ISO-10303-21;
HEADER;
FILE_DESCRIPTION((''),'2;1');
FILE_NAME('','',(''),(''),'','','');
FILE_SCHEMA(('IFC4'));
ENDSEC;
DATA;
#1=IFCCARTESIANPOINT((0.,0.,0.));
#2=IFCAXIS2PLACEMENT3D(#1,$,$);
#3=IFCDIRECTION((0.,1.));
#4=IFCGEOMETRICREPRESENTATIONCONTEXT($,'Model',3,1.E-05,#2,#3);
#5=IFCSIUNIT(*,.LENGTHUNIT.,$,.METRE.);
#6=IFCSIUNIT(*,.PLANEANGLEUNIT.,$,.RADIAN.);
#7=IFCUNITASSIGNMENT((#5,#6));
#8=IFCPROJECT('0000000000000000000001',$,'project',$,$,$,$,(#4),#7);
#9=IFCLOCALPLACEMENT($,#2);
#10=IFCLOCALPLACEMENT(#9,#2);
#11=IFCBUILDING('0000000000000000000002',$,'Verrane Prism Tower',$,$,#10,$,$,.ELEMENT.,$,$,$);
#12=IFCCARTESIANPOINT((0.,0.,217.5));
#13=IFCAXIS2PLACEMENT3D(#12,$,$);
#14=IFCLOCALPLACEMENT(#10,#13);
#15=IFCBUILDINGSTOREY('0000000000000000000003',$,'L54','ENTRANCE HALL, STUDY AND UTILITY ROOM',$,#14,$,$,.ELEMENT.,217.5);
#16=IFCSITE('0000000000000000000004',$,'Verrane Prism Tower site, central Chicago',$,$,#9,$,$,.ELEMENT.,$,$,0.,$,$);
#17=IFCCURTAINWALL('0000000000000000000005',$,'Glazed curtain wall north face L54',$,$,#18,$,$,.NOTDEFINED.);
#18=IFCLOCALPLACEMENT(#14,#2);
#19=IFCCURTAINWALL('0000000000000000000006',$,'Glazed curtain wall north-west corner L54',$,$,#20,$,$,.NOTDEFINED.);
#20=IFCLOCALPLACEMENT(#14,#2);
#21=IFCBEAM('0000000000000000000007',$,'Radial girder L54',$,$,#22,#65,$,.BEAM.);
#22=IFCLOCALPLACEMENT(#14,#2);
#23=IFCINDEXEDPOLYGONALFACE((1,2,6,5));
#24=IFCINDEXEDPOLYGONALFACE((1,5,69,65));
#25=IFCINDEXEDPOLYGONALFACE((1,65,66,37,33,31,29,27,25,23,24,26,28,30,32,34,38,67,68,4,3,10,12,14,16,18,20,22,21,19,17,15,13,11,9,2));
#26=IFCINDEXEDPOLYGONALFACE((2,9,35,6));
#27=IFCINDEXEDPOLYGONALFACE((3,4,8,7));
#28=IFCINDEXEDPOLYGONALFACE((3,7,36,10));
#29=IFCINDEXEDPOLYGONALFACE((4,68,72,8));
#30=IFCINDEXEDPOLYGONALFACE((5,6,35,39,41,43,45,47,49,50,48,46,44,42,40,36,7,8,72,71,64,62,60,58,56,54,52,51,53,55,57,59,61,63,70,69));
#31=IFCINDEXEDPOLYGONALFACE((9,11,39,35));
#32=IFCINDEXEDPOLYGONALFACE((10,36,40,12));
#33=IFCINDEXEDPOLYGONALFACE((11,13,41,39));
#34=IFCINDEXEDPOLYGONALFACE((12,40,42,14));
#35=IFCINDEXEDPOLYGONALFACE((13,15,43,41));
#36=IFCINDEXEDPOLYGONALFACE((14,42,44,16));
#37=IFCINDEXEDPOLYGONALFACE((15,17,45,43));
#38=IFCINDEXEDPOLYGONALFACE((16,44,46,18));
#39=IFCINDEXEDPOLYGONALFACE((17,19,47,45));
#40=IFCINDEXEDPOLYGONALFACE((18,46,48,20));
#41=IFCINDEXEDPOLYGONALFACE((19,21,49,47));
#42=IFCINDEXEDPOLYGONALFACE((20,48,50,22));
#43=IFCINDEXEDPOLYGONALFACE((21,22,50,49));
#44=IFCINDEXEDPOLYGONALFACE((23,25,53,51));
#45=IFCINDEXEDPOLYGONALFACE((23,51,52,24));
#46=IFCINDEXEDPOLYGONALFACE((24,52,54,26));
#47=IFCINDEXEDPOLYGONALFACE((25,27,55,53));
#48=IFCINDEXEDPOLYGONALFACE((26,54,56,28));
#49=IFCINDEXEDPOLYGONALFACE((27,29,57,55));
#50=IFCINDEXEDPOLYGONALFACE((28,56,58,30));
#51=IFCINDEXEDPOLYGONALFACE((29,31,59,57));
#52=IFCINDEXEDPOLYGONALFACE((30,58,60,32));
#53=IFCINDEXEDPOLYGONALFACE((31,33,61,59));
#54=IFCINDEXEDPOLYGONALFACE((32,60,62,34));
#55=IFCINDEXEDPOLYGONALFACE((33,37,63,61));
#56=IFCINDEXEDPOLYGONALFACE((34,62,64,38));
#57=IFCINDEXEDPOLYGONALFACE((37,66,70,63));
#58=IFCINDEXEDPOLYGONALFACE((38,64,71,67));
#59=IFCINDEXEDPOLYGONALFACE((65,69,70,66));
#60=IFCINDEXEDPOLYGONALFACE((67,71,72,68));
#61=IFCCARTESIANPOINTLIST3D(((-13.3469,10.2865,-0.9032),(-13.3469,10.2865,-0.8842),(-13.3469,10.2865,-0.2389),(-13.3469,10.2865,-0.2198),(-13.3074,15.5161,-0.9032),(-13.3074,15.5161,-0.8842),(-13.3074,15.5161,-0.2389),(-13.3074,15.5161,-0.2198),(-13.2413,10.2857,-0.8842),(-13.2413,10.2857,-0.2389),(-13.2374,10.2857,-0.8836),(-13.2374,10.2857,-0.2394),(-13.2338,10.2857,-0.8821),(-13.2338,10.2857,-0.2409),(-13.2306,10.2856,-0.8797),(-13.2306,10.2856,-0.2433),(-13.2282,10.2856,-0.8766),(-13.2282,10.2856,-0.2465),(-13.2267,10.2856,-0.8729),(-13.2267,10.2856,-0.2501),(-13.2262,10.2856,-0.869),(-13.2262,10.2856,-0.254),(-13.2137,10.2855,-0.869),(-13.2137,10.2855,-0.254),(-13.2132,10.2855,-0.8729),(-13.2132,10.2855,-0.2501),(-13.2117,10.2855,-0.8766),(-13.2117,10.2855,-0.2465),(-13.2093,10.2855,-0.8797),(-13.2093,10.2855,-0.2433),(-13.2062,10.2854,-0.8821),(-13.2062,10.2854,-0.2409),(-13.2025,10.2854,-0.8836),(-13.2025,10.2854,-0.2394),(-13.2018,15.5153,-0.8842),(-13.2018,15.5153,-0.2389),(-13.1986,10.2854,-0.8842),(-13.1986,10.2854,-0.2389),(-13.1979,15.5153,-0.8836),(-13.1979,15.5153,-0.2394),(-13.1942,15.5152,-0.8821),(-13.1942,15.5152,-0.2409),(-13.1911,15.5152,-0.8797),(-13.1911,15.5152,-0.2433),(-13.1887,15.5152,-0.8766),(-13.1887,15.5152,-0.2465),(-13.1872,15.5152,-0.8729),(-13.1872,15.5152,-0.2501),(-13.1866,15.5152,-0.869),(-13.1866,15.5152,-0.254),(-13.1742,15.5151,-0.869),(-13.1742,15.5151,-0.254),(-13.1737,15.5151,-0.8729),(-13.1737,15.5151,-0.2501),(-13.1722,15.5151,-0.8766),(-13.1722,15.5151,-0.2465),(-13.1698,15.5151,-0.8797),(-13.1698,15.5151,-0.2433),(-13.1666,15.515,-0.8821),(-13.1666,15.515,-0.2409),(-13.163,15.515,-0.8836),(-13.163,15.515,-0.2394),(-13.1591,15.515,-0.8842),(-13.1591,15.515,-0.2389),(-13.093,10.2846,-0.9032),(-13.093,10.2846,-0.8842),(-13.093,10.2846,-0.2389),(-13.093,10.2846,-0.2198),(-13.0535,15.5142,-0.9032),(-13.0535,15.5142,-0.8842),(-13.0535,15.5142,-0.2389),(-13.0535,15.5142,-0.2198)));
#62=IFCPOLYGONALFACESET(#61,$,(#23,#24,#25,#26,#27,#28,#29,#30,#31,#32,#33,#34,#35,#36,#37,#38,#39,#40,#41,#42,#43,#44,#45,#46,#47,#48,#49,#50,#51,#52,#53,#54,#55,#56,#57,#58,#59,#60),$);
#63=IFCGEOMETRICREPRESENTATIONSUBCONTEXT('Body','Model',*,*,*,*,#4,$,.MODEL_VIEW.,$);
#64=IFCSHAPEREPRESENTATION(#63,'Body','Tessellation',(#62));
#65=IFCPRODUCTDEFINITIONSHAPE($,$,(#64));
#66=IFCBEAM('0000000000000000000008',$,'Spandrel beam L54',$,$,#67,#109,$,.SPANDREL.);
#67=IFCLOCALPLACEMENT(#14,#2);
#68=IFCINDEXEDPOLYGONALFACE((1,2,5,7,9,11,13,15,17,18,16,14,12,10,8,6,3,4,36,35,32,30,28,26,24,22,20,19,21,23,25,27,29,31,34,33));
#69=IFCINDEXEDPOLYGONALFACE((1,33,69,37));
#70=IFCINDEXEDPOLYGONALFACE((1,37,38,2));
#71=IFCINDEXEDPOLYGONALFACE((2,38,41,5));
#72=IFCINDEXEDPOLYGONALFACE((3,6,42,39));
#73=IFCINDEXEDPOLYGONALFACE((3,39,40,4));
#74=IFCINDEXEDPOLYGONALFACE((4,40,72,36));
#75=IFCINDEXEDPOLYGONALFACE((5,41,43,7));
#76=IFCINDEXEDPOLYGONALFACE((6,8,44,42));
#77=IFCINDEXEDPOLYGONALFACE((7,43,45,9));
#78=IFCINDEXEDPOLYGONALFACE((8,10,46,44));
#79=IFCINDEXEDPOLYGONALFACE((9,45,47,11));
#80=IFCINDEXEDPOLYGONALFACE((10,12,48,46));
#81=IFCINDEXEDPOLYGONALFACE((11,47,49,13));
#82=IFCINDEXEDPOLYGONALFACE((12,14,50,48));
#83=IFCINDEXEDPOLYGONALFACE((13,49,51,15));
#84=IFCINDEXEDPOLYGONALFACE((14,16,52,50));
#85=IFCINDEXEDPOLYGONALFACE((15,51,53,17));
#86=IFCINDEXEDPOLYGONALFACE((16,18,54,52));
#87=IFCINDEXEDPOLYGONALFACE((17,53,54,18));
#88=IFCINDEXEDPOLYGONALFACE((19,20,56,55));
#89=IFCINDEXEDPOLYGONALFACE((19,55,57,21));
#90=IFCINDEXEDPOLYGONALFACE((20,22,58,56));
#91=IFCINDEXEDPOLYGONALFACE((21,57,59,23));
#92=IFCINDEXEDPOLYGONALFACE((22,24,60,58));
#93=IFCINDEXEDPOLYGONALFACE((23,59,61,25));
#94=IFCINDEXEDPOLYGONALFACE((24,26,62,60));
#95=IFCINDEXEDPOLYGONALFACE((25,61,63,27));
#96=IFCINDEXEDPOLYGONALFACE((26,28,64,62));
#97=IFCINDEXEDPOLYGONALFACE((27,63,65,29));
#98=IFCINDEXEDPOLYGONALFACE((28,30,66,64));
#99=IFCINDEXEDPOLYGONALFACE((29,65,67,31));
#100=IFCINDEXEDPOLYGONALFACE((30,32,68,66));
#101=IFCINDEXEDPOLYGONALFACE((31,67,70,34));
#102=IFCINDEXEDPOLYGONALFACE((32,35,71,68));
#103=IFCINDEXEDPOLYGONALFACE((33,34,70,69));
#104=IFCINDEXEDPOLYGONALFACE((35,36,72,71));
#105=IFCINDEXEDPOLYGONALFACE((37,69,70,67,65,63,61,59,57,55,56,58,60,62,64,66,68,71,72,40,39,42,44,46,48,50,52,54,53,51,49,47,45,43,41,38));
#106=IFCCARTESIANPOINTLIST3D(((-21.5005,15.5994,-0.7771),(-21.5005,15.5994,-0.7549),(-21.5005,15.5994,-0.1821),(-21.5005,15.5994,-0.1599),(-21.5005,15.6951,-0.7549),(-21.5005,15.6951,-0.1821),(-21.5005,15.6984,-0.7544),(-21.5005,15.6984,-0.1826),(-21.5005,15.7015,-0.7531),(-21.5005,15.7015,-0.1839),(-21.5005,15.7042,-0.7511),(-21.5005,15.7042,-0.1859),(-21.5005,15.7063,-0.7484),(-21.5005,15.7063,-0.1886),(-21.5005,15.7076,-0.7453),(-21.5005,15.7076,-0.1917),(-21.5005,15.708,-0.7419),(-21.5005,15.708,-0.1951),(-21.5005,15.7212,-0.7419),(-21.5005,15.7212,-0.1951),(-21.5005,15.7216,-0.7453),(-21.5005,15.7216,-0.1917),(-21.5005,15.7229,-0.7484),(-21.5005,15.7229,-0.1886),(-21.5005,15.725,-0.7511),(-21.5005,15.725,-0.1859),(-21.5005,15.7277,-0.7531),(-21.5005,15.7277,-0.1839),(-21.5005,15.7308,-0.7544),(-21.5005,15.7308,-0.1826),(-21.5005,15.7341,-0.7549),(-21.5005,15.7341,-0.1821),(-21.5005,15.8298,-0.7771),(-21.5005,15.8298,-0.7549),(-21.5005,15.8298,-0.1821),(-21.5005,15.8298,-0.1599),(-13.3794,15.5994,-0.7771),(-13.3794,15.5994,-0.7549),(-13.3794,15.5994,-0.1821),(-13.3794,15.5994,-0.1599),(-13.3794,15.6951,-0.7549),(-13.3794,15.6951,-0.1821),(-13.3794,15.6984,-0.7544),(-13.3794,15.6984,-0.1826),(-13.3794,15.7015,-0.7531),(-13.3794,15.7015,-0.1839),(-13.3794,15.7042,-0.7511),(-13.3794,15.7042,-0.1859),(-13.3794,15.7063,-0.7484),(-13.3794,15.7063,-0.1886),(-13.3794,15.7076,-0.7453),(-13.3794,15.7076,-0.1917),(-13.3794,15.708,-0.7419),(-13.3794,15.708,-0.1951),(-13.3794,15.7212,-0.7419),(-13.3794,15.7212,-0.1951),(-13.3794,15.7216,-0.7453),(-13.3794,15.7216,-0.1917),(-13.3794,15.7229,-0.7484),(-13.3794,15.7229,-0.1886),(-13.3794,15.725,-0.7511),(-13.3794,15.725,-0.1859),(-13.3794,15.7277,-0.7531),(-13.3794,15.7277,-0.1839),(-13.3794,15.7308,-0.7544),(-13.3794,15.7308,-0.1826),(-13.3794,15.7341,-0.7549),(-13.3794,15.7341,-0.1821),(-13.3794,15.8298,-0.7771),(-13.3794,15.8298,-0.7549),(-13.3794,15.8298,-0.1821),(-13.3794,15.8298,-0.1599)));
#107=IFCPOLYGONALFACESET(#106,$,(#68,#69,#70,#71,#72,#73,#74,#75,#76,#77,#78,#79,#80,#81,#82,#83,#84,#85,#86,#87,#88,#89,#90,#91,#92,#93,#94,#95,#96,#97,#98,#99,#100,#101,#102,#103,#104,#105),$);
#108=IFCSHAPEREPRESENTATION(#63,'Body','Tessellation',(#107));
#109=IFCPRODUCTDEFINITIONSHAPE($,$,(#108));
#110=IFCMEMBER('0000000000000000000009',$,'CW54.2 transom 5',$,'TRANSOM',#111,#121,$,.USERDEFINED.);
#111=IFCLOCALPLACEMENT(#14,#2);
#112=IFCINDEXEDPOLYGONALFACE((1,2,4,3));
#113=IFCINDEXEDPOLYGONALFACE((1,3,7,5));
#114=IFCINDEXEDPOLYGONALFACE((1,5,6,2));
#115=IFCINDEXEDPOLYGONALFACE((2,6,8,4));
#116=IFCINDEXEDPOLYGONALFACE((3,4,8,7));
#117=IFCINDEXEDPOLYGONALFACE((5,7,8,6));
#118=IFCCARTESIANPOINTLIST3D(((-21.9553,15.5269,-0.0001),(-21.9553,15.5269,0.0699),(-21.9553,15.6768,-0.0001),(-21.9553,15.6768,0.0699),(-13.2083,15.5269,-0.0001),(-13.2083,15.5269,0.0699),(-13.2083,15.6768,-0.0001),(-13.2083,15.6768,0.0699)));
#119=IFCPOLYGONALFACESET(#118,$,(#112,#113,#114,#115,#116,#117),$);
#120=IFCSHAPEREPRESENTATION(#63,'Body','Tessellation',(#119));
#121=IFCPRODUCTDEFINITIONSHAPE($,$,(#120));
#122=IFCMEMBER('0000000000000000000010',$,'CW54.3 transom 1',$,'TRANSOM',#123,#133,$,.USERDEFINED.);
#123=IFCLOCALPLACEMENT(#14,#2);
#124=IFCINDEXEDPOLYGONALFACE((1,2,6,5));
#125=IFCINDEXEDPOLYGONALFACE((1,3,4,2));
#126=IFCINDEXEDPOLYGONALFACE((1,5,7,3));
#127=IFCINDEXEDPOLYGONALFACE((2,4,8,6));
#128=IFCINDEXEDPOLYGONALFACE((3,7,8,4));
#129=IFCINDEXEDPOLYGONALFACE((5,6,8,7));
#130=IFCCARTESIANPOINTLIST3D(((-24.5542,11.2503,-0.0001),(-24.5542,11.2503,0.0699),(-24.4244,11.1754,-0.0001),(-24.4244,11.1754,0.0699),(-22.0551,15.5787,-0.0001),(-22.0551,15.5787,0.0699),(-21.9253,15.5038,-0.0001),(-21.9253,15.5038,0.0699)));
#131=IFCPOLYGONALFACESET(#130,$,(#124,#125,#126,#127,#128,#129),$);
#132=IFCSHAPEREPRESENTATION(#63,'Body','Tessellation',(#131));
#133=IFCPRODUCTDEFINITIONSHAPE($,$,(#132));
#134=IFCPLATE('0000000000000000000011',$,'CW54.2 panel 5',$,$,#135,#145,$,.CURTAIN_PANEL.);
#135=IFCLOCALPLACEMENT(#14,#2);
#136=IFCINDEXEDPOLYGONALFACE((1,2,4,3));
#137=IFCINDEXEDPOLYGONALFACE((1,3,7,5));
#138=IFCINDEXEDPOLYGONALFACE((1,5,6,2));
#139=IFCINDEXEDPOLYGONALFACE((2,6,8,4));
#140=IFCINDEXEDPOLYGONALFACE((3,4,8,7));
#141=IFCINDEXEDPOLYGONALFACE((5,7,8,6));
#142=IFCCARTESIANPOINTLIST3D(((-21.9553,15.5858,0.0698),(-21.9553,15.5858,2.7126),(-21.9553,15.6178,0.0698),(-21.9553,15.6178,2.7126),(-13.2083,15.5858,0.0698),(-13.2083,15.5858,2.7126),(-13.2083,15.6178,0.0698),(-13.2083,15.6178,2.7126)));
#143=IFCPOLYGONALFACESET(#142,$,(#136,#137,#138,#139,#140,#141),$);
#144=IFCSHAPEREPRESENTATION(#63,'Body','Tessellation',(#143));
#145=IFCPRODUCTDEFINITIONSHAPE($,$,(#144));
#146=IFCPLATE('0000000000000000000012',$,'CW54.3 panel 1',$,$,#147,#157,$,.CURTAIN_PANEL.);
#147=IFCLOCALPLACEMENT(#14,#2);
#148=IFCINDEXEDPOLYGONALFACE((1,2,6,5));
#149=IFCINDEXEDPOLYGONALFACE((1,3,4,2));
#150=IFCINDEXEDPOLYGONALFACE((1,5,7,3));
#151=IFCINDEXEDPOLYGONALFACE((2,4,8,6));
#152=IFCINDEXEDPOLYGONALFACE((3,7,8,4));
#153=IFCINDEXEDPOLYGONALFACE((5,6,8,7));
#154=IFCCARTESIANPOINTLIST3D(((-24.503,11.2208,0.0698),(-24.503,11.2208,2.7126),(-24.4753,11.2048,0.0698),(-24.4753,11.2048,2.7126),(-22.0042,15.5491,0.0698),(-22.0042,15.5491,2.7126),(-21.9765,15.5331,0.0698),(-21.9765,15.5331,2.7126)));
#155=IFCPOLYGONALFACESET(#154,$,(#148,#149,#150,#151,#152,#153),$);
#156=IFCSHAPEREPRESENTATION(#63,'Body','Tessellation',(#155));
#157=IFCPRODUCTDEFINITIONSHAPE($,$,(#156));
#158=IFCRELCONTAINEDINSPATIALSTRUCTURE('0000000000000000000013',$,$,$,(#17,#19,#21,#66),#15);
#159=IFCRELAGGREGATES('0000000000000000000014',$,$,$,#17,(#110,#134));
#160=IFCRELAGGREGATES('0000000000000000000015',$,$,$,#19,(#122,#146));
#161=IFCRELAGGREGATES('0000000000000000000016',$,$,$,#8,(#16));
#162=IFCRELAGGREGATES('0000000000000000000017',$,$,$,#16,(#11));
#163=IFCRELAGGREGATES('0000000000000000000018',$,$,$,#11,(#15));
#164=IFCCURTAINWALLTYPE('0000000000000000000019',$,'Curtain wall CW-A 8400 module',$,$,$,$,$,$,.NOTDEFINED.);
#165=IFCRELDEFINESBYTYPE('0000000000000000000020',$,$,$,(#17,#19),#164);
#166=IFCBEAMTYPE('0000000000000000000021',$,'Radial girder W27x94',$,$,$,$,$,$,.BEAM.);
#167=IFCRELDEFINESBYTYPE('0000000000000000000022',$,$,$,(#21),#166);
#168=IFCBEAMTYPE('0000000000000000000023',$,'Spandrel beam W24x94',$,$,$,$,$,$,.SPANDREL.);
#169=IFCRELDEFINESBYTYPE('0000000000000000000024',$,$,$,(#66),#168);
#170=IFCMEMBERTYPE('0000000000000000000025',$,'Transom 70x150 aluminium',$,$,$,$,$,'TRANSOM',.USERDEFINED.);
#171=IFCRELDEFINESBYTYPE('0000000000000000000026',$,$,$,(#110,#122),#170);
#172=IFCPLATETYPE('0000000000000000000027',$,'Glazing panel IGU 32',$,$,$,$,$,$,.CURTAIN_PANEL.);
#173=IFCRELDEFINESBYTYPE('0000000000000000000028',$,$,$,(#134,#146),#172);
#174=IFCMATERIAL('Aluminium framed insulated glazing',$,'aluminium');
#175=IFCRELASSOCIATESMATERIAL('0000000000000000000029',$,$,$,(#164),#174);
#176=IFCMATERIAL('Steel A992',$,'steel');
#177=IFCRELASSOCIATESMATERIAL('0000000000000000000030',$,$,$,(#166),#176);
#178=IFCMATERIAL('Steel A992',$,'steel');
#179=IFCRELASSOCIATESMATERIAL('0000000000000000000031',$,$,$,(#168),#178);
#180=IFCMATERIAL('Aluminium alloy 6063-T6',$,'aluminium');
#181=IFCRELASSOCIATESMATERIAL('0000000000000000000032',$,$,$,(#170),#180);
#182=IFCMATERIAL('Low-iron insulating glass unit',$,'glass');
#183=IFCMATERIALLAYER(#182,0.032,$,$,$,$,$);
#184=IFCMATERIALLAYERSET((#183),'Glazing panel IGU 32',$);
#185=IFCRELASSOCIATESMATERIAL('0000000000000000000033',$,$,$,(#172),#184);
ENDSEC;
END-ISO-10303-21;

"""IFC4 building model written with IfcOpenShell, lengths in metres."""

from ifc_helpers import new_model, si_unit, direction, frame, origin, origin_2d, place, context, subcontext, project, spatial, rectangle, i_section, extrude, material, layer, layer_set, material_profile, profile_set, type_object, element, aggregate, save


model = new_model("IFC4")

# Units and contexts
model_context = context("Model", 3, precision=1e-05, world=origin(), true_north=direction((0.0, 1.0)))
body_context = subcontext(model_context, "Body", "Model", "MODEL_VIEW")
ifc_project = project(units=[si_unit("LENGTHUNIT", "METRE"), si_unit("PLANEANGLEUNIT", "RADIAN")], contexts=[model_context])

# Site, building, storey
site_placement = place(None, origin())
site = spatial("IfcSite", under=ifc_project, at=site_placement, Name="Verrane Prism Tower site, central Chicago", CompositionType="ELEMENT", RefElevation=0.0)
building_placement = place(site_placement, origin())
building = spatial("IfcBuilding", under=site, at=building_placement, Name="Verrane Prism Tower", CompositionType="ELEMENT")
storey_placement = place(building_placement, frame((0.0, 0.0, 217.5)))
storey = spatial("IfcBuildingStorey", under=building, at=storey_placement, Name="L54", Description="ENTRANCE HALL, STUDY AND UTILITY ROOM", CompositionType="ELEMENT", Elevation=217.5)

# Curtain walls
ifc_material_1 = material(Name="Aluminium framed insulated glazing", Category="aluminium")
curtain_wall_type = type_object("IfcCurtainWallType", Name="Curtain wall CW-A 8400 module", PredefinedType="NOTDEFINED", material=ifc_material_1)
curtain_wall_1_placement = place(storey_placement, origin())
curtain_wall_1 = element("IfcCurtainWall", 1, at=curtain_wall_1_placement, inside=storey, type_object=curtain_wall_type, Name="Glazed curtain wall north face L54", PredefinedType="NOTDEFINED")
curtain_wall_2_placement = place(storey_placement, origin())
curtain_wall_2 = element("IfcCurtainWall", 2, at=curtain_wall_2_placement, inside=storey, type_object=curtain_wall_type, Name="Glazed curtain wall north-west corner L54", PredefinedType="NOTDEFINED")

# Beams
ifc_material_2 = material(Name="Steel A992", Category="steel")
ifc_material_profile_1 = material_profile(ifc_material_2, i_section(OverallWidth=0.2539, OverallDepth=0.6833, WebThickness=0.0125, FlangeThickness=0.019, FilletRadius=0.0151, at=origin_2d()), Name="W27x94")
ifc_profile_set_1 = profile_set([ifc_material_profile_1], Name="Steel A992")
beam_type_1 = type_object("IfcBeamType", Name="Radial girder W27x94", PredefinedType="BEAM", material=ifc_profile_set_1)
beam_1_placement = place(storey_placement, frame((-13.1804, 15.5151, -0.5615), z_axis=(-0.007563, -0.999971, 0.0), x_axis=(0.999971, -0.007563, 0.0)))
element("IfcBeam", 3, at=beam_1_placement, inside=storey, type_object=beam_type_1, Name="Radial girder L54", PredefinedType="BEAM", context=body_context, shape_type="SweptSolid", body=[
    extrude(i_section(OverallWidth=0.2539, OverallDepth=0.6833, WebThickness=0.0125, FlangeThickness=0.019, FilletRadius=0.0151, at=origin_2d()), origin(), (0.0, 0.0, 1.0), 5.2297),
])
ifc_material_3 = material(Name="Steel A992", Category="steel")
ifc_material_profile_2 = material_profile(ifc_material_3, i_section(OverallWidth=0.2305, OverallDepth=0.6172, WebThickness=0.0132, FlangeThickness=0.0222, FilletRadius=0.0129, at=origin_2d()), Name="W24x94")
ifc_profile_set_2 = profile_set([ifc_material_profile_2], Name="Steel A992")
beam_type_2 = type_object("IfcBeamType", Name="Spandrel beam W24x94", PredefinedType="SPANDREL", material=ifc_profile_set_2)
beam_2_placement = place(storey_placement, frame((-13.3794, 15.7146, -0.4685), z_axis=(-1.0, 0.0, 0.0), x_axis=(0.0, -1.0, 0.0)))
element("IfcBeam", 4, at=beam_2_placement, inside=storey, type_object=beam_type_2, Name="Spandrel beam L54", PredefinedType="SPANDREL", context=body_context, shape_type="SweptSolid", body=[
    extrude(i_section(OverallWidth=0.2305, OverallDepth=0.6172, WebThickness=0.0132, FlangeThickness=0.0222, FilletRadius=0.0129, at=origin_2d()), origin(), (0.0, 0.0, 1.0), 8.1211),
])

# Members
ifc_material_4 = material(Name="Aluminium alloy 6063-T6", Category="aluminium")
ifc_material_profile_3 = material_profile(ifc_material_4, rectangle(XDim=0.1499, YDim=0.0701, at=origin_2d()), Name="Transom 70x150 aluminium")
ifc_profile_set_3 = profile_set([ifc_material_profile_3], Name="Aluminium alloy 6063-T6")
member_type_1 = type_object("IfcMemberType", Name="Transom 70x150 aluminium", ElementType="TRANSOM", PredefinedType="USERDEFINED", material=ifc_profile_set_3)
member_1_placement = place(storey_placement, frame((-13.2083, 15.6018, 0.0349), z_axis=(-1.0, 0.0, 0.0), x_axis=(0.0, -1.0, 0.0)))
member_1 = element("IfcMember", 5, at=member_1_placement, type_object=member_type_1, Name="CW54.2 transom 5", ObjectType="TRANSOM", PredefinedType="USERDEFINED", context=body_context, shape_type="SweptSolid", body=[
    extrude(rectangle(XDim=0.1499, YDim=0.0701, at=origin_2d()), origin(), (0.0, 0.0, 1.0), 8.7471),
])
member_2_placement = place(storey_placement, frame((-21.9902, 15.5413, 0.0349), z_axis=(-0.500006, -0.866022, 0.0), x_axis=(0.866022, -0.500006, 0.0)))
member_2 = element("IfcMember", 6, at=member_2_placement, type_object=member_type_1, Name="CW54.3 transom 1", ObjectType="TRANSOM", PredefinedType="USERDEFINED", context=body_context, shape_type="SweptSolid", body=[
    extrude(rectangle(XDim=0.1499, YDim=0.0701, at=origin_2d()), origin(), (0.0, 0.0, 1.0), 4.998),
])

# Plates
ifc_material_5 = material(Name="Low-iron insulating glass unit", Category="glass")
ifc_layer_1 = layer(ifc_material_5, 0.032)
ifc_layer_set_1 = layer_set([ifc_layer_1], Name="Glazing panel IGU 32")
plate_type = type_object("IfcPlateType", Name="Glazing panel IGU 32", PredefinedType="CURTAIN_PANEL", material=ifc_layer_set_1)
plate_1_placement = place(storey_placement, frame((-17.5818, 15.6018, 0.0698), z_axis=(0.0, 0.0, 1.0), x_axis=(-1.0, 0.0, 0.0)))
plate_1 = element("IfcPlate", 7, at=plate_1_placement, type_object=plate_type, Name="CW54.2 panel 5", PredefinedType="CURTAIN_PANEL", context=body_context, shape_type="SweptSolid", body=[
    extrude(rectangle(XDim=8.7471, YDim=0.032, at=origin_2d()), origin(), (0.0, 0.0, 1.0), 2.6428),
])
aggregate(curtain_wall_1, [member_1, plate_1])
plate_2_placement = place(storey_placement, frame((-23.2397, 13.377, 0.0698), z_axis=(0.0, 0.0, 1.0), x_axis=(-0.499995, -0.866028, 0.0)))
plate_2 = element("IfcPlate", 8, at=plate_2_placement, type_object=plate_type, Name="CW54.3 panel 1", PredefinedType="CURTAIN_PANEL", context=body_context, shape_type="SweptSolid", body=[
    extrude(rectangle(XDim=4.9978, YDim=0.032, at=origin_2d()), origin(), (0.0, 0.0, 1.0), 2.6428),
])
aggregate(curtain_wall_2, [member_2, plate_2])

save(model, "model.ifc")
